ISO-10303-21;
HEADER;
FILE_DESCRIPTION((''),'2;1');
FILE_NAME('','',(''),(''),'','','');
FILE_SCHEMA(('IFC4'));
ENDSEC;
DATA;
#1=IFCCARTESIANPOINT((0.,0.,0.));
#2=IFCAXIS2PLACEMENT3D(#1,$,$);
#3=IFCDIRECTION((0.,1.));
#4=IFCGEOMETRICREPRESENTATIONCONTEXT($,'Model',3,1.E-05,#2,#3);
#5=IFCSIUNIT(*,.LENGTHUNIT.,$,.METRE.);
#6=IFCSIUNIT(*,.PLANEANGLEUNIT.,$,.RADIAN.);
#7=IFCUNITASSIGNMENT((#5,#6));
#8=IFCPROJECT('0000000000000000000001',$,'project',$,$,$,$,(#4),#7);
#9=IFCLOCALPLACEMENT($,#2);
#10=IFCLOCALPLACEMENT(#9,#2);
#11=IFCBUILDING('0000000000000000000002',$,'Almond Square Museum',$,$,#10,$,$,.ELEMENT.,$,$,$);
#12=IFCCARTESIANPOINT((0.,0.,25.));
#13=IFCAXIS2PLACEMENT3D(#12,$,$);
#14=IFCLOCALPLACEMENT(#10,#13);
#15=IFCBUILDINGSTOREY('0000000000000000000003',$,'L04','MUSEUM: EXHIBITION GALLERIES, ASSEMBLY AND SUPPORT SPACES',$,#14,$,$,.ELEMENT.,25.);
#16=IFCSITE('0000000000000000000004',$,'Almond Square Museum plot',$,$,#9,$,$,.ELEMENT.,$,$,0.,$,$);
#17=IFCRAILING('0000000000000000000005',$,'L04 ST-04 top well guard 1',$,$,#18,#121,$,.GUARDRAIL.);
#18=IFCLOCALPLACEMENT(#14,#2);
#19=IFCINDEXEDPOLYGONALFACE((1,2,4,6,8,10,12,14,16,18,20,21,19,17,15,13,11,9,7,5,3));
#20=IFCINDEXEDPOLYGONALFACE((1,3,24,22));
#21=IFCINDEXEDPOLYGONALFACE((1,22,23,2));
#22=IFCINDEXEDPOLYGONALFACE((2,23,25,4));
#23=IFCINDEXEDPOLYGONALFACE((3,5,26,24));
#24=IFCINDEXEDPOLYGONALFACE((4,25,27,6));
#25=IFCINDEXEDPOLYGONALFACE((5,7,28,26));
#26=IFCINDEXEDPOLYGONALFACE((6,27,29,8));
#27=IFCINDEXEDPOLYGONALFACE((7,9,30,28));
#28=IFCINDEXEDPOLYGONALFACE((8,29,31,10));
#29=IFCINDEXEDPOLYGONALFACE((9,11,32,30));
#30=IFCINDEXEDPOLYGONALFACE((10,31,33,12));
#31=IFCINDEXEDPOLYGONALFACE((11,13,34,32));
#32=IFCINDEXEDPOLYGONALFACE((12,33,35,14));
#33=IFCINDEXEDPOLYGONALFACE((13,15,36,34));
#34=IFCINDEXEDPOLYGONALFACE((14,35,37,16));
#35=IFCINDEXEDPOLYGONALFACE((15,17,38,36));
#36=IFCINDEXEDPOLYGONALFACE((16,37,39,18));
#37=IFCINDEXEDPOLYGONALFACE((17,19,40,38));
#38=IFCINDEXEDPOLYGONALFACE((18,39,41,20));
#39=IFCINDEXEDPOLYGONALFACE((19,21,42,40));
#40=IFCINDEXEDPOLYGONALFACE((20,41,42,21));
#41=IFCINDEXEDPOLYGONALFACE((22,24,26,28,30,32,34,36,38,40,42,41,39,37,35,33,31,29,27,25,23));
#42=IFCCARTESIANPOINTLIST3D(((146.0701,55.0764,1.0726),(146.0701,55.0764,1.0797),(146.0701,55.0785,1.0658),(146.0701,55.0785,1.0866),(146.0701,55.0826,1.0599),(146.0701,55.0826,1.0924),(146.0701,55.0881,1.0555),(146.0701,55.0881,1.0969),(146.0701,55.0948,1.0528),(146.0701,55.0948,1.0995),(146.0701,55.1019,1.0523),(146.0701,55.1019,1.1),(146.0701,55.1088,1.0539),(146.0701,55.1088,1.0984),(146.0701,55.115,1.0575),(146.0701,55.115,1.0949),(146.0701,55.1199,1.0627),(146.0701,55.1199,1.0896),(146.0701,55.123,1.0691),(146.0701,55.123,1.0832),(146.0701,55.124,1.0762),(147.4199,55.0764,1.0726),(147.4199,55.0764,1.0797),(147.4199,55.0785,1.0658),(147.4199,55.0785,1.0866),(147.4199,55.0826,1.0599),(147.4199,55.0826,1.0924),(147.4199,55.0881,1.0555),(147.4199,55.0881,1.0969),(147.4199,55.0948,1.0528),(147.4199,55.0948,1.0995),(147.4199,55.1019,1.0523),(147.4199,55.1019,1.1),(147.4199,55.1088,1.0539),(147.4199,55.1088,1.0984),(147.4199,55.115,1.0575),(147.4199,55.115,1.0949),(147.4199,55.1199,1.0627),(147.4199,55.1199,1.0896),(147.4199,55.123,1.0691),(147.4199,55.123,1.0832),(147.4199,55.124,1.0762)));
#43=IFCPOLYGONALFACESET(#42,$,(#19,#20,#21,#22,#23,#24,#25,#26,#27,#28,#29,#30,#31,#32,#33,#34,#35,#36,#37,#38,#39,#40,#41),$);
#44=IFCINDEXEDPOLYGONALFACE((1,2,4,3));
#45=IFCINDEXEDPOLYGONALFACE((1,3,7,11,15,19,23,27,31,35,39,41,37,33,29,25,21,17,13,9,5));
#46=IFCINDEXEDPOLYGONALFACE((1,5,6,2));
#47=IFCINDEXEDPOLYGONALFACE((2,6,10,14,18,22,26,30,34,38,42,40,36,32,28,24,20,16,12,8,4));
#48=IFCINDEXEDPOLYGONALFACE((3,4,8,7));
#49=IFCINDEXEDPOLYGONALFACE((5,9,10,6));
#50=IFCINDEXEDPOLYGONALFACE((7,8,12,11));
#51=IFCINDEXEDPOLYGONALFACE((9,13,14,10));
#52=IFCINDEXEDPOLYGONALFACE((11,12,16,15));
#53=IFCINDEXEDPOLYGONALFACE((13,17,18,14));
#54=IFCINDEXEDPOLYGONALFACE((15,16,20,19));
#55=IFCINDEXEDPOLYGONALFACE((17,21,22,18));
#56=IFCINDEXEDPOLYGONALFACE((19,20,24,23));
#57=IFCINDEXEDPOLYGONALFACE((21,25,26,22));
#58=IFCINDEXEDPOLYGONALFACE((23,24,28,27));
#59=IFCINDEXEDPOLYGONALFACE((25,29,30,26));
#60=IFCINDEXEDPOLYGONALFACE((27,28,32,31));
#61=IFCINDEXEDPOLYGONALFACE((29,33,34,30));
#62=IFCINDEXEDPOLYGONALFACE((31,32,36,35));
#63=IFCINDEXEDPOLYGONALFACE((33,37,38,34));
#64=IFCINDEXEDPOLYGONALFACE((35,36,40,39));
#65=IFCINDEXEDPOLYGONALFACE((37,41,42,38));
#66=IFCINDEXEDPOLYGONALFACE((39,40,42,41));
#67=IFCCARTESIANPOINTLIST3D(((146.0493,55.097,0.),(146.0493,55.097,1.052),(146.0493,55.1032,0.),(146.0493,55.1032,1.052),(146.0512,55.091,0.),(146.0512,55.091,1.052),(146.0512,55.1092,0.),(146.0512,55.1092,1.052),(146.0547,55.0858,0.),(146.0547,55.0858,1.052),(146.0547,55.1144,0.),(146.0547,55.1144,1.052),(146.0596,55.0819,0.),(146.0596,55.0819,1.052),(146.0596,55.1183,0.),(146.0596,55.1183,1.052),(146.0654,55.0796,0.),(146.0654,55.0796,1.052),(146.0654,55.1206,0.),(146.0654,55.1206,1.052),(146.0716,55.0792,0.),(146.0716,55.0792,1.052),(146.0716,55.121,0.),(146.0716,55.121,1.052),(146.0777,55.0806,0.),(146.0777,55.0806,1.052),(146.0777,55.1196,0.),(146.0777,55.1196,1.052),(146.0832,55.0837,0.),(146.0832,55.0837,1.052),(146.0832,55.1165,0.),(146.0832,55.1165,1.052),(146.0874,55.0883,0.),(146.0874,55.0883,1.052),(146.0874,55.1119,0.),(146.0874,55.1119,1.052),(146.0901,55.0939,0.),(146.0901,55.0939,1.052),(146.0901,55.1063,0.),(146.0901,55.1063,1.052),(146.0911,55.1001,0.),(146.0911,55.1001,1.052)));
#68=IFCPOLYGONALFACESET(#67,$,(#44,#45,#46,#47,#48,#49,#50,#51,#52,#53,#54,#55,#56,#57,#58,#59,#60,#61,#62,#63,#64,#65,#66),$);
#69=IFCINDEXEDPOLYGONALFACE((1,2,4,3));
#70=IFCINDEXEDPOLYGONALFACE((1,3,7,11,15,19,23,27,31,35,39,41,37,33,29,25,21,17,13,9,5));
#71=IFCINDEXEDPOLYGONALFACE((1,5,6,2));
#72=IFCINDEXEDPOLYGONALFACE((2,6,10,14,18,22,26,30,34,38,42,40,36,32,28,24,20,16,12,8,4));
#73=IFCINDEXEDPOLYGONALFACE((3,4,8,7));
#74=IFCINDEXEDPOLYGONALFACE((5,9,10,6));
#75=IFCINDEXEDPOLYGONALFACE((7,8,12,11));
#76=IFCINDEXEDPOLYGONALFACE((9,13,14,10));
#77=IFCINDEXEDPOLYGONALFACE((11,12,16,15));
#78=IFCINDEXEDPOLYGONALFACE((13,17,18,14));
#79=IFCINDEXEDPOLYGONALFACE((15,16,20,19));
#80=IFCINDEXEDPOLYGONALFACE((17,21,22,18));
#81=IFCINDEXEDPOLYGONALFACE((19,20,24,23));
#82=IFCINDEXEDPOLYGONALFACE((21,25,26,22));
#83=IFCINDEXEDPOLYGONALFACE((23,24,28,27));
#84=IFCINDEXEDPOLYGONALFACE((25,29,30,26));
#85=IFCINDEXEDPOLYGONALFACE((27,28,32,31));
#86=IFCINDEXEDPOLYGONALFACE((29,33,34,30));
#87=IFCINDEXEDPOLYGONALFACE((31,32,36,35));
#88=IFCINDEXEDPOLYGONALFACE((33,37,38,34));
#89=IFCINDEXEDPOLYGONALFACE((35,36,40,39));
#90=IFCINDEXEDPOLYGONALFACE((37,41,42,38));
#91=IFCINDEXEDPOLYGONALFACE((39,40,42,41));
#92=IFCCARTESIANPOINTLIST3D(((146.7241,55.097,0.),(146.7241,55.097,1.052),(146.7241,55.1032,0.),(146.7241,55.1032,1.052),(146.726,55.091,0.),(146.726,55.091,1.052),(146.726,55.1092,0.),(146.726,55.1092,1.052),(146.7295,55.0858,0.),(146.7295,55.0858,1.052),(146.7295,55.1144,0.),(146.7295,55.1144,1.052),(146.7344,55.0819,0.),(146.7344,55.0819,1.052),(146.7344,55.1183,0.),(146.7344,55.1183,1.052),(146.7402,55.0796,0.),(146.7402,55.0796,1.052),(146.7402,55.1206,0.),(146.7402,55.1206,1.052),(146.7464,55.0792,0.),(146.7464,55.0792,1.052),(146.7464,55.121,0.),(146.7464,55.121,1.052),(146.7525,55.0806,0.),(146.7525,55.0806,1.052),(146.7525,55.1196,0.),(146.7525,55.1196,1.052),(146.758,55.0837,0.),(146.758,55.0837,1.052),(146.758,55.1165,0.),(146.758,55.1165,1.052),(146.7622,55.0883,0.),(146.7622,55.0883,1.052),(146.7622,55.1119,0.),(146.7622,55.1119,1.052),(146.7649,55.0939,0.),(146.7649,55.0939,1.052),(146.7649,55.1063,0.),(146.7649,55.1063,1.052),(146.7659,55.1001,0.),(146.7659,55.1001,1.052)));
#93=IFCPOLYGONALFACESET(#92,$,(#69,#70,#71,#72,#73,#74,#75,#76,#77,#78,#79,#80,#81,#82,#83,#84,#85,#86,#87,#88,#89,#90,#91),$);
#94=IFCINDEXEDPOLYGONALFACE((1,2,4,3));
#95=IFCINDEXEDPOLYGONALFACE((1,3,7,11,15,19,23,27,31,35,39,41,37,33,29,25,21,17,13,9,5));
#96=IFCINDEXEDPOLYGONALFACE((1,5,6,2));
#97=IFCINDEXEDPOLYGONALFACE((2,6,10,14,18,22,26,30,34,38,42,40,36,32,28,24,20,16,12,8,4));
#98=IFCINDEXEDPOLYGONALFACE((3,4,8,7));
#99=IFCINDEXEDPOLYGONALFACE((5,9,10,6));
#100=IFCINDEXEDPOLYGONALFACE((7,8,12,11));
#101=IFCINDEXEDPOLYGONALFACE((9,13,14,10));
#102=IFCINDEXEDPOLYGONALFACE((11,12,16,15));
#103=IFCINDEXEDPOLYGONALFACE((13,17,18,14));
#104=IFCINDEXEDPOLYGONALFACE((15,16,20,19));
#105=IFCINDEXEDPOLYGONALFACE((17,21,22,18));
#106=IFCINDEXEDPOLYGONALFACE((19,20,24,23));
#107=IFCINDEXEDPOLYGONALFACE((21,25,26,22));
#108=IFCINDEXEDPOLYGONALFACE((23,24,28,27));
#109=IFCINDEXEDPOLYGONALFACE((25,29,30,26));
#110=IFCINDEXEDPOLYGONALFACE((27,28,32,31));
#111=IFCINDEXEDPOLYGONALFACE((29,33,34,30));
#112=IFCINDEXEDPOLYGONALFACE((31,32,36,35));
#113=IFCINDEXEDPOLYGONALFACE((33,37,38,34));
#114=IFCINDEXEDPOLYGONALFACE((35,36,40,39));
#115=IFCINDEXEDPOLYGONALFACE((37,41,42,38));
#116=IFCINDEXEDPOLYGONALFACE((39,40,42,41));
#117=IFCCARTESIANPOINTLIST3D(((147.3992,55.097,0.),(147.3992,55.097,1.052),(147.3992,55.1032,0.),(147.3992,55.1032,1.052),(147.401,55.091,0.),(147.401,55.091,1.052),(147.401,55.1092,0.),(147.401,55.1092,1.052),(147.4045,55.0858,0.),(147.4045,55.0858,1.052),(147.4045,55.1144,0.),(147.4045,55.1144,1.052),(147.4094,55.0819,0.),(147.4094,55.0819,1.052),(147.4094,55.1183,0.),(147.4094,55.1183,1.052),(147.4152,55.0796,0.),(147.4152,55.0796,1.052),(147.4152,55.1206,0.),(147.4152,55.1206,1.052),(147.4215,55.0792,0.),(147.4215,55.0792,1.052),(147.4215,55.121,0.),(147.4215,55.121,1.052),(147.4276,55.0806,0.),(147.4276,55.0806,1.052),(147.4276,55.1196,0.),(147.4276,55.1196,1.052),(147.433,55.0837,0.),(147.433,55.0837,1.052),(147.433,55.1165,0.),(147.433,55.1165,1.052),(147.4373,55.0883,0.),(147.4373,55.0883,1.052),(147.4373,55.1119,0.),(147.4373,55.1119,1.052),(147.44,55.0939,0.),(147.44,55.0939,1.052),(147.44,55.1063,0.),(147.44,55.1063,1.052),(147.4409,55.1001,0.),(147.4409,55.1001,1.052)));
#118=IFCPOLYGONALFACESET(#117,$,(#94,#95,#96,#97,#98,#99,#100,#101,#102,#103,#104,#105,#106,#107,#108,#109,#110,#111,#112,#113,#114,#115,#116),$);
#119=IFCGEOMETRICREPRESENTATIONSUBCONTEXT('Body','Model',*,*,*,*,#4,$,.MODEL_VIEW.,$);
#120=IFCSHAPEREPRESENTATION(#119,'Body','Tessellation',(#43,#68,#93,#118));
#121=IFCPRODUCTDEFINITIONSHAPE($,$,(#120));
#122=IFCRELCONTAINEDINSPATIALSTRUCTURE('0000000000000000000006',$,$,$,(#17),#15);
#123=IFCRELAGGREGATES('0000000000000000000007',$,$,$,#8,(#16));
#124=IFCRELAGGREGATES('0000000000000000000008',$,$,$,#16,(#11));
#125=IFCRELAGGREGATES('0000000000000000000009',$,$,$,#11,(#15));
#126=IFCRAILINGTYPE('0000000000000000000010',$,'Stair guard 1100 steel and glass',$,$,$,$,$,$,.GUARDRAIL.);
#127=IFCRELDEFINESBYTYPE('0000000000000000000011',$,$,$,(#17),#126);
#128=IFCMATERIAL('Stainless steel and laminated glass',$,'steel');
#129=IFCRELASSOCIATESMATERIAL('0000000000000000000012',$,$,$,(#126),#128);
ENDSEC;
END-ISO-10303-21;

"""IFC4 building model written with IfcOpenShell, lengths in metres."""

from ifc_helpers import new_model, si_unit, direction, frame, origin, origin_2d, place, context, subcontext, project, spatial, circle, extrude, material, type_object, element, save


model = new_model("IFC4")

# Units and contexts
model_context = context("Model", 3, precision=1e-05, world=origin(), true_north=direction((0.0, 1.0)))
body_context = subcontext(model_context, "Body", "Model", "MODEL_VIEW")
ifc_project = project(units=[si_unit("LENGTHUNIT", "METRE"), si_unit("PLANEANGLEUNIT", "RADIAN")], contexts=[model_context])

# Site, building, storey
site_placement = place(None, origin())
site = spatial("IfcSite", under=ifc_project, at=site_placement, Name="Almond Square Museum plot", CompositionType="ELEMENT", RefElevation=0.0)
building_placement = place(site_placement, origin())
building = spatial("IfcBuilding", under=site, at=building_placement, Name="Almond Square Museum", CompositionType="ELEMENT")
storey_placement = place(building_placement, frame((0.0, 0.0, 25.0)))
storey = spatial("IfcBuildingStorey", under=building, at=storey_placement, Name="L04", Description="MUSEUM: EXHIBITION GALLERIES, ASSEMBLY AND SUPPORT SPACES", CompositionType="ELEMENT", Elevation=25.0)

# Railing
ifc_material_1 = material(Name="Stainless steel and laminated glass", Category="steel")
railing_type = type_object("IfcRailingType", Name="Stair guard 1100 steel and glass", PredefinedType="GUARDRAIL", material=ifc_material_1)
railing_placement = place(storey_placement, frame((146.0701, 55.1001, 0.0)))
element("IfcRailing", 1, at=railing_placement, inside=storey, type_object=railing_type, Name="L04 ST-04 top well guard 1", PredefinedType="GUARDRAIL", context=body_context, shape_type="SweptSolid", body=[
    extrude(circle(Radius=0.0239, at=origin_2d()), frame((0.0, 0.0, 1.0762), z_axis=(1.0, 0.0, 0.0), x_axis=(0.0, 1.0, 0.0)), (0.0, 0.0, 1.0), 1.3499),
    extrude(circle(Radius=0.021, at=origin_2d()), origin(), (0.0, 0.0, 1.0), 1.052),
    extrude(circle(Radius=0.021, at=origin_2d()), frame((0.6748, 0.0, 0.0)), (0.0, 0.0, 1.0), 1.052),
    extrude(circle(Radius=0.021, at=origin_2d()), frame((1.3499, 0.0, 0.0)), (0.0, 0.0, 1.0), 1.052),
])

save(model, "model.ifc")
